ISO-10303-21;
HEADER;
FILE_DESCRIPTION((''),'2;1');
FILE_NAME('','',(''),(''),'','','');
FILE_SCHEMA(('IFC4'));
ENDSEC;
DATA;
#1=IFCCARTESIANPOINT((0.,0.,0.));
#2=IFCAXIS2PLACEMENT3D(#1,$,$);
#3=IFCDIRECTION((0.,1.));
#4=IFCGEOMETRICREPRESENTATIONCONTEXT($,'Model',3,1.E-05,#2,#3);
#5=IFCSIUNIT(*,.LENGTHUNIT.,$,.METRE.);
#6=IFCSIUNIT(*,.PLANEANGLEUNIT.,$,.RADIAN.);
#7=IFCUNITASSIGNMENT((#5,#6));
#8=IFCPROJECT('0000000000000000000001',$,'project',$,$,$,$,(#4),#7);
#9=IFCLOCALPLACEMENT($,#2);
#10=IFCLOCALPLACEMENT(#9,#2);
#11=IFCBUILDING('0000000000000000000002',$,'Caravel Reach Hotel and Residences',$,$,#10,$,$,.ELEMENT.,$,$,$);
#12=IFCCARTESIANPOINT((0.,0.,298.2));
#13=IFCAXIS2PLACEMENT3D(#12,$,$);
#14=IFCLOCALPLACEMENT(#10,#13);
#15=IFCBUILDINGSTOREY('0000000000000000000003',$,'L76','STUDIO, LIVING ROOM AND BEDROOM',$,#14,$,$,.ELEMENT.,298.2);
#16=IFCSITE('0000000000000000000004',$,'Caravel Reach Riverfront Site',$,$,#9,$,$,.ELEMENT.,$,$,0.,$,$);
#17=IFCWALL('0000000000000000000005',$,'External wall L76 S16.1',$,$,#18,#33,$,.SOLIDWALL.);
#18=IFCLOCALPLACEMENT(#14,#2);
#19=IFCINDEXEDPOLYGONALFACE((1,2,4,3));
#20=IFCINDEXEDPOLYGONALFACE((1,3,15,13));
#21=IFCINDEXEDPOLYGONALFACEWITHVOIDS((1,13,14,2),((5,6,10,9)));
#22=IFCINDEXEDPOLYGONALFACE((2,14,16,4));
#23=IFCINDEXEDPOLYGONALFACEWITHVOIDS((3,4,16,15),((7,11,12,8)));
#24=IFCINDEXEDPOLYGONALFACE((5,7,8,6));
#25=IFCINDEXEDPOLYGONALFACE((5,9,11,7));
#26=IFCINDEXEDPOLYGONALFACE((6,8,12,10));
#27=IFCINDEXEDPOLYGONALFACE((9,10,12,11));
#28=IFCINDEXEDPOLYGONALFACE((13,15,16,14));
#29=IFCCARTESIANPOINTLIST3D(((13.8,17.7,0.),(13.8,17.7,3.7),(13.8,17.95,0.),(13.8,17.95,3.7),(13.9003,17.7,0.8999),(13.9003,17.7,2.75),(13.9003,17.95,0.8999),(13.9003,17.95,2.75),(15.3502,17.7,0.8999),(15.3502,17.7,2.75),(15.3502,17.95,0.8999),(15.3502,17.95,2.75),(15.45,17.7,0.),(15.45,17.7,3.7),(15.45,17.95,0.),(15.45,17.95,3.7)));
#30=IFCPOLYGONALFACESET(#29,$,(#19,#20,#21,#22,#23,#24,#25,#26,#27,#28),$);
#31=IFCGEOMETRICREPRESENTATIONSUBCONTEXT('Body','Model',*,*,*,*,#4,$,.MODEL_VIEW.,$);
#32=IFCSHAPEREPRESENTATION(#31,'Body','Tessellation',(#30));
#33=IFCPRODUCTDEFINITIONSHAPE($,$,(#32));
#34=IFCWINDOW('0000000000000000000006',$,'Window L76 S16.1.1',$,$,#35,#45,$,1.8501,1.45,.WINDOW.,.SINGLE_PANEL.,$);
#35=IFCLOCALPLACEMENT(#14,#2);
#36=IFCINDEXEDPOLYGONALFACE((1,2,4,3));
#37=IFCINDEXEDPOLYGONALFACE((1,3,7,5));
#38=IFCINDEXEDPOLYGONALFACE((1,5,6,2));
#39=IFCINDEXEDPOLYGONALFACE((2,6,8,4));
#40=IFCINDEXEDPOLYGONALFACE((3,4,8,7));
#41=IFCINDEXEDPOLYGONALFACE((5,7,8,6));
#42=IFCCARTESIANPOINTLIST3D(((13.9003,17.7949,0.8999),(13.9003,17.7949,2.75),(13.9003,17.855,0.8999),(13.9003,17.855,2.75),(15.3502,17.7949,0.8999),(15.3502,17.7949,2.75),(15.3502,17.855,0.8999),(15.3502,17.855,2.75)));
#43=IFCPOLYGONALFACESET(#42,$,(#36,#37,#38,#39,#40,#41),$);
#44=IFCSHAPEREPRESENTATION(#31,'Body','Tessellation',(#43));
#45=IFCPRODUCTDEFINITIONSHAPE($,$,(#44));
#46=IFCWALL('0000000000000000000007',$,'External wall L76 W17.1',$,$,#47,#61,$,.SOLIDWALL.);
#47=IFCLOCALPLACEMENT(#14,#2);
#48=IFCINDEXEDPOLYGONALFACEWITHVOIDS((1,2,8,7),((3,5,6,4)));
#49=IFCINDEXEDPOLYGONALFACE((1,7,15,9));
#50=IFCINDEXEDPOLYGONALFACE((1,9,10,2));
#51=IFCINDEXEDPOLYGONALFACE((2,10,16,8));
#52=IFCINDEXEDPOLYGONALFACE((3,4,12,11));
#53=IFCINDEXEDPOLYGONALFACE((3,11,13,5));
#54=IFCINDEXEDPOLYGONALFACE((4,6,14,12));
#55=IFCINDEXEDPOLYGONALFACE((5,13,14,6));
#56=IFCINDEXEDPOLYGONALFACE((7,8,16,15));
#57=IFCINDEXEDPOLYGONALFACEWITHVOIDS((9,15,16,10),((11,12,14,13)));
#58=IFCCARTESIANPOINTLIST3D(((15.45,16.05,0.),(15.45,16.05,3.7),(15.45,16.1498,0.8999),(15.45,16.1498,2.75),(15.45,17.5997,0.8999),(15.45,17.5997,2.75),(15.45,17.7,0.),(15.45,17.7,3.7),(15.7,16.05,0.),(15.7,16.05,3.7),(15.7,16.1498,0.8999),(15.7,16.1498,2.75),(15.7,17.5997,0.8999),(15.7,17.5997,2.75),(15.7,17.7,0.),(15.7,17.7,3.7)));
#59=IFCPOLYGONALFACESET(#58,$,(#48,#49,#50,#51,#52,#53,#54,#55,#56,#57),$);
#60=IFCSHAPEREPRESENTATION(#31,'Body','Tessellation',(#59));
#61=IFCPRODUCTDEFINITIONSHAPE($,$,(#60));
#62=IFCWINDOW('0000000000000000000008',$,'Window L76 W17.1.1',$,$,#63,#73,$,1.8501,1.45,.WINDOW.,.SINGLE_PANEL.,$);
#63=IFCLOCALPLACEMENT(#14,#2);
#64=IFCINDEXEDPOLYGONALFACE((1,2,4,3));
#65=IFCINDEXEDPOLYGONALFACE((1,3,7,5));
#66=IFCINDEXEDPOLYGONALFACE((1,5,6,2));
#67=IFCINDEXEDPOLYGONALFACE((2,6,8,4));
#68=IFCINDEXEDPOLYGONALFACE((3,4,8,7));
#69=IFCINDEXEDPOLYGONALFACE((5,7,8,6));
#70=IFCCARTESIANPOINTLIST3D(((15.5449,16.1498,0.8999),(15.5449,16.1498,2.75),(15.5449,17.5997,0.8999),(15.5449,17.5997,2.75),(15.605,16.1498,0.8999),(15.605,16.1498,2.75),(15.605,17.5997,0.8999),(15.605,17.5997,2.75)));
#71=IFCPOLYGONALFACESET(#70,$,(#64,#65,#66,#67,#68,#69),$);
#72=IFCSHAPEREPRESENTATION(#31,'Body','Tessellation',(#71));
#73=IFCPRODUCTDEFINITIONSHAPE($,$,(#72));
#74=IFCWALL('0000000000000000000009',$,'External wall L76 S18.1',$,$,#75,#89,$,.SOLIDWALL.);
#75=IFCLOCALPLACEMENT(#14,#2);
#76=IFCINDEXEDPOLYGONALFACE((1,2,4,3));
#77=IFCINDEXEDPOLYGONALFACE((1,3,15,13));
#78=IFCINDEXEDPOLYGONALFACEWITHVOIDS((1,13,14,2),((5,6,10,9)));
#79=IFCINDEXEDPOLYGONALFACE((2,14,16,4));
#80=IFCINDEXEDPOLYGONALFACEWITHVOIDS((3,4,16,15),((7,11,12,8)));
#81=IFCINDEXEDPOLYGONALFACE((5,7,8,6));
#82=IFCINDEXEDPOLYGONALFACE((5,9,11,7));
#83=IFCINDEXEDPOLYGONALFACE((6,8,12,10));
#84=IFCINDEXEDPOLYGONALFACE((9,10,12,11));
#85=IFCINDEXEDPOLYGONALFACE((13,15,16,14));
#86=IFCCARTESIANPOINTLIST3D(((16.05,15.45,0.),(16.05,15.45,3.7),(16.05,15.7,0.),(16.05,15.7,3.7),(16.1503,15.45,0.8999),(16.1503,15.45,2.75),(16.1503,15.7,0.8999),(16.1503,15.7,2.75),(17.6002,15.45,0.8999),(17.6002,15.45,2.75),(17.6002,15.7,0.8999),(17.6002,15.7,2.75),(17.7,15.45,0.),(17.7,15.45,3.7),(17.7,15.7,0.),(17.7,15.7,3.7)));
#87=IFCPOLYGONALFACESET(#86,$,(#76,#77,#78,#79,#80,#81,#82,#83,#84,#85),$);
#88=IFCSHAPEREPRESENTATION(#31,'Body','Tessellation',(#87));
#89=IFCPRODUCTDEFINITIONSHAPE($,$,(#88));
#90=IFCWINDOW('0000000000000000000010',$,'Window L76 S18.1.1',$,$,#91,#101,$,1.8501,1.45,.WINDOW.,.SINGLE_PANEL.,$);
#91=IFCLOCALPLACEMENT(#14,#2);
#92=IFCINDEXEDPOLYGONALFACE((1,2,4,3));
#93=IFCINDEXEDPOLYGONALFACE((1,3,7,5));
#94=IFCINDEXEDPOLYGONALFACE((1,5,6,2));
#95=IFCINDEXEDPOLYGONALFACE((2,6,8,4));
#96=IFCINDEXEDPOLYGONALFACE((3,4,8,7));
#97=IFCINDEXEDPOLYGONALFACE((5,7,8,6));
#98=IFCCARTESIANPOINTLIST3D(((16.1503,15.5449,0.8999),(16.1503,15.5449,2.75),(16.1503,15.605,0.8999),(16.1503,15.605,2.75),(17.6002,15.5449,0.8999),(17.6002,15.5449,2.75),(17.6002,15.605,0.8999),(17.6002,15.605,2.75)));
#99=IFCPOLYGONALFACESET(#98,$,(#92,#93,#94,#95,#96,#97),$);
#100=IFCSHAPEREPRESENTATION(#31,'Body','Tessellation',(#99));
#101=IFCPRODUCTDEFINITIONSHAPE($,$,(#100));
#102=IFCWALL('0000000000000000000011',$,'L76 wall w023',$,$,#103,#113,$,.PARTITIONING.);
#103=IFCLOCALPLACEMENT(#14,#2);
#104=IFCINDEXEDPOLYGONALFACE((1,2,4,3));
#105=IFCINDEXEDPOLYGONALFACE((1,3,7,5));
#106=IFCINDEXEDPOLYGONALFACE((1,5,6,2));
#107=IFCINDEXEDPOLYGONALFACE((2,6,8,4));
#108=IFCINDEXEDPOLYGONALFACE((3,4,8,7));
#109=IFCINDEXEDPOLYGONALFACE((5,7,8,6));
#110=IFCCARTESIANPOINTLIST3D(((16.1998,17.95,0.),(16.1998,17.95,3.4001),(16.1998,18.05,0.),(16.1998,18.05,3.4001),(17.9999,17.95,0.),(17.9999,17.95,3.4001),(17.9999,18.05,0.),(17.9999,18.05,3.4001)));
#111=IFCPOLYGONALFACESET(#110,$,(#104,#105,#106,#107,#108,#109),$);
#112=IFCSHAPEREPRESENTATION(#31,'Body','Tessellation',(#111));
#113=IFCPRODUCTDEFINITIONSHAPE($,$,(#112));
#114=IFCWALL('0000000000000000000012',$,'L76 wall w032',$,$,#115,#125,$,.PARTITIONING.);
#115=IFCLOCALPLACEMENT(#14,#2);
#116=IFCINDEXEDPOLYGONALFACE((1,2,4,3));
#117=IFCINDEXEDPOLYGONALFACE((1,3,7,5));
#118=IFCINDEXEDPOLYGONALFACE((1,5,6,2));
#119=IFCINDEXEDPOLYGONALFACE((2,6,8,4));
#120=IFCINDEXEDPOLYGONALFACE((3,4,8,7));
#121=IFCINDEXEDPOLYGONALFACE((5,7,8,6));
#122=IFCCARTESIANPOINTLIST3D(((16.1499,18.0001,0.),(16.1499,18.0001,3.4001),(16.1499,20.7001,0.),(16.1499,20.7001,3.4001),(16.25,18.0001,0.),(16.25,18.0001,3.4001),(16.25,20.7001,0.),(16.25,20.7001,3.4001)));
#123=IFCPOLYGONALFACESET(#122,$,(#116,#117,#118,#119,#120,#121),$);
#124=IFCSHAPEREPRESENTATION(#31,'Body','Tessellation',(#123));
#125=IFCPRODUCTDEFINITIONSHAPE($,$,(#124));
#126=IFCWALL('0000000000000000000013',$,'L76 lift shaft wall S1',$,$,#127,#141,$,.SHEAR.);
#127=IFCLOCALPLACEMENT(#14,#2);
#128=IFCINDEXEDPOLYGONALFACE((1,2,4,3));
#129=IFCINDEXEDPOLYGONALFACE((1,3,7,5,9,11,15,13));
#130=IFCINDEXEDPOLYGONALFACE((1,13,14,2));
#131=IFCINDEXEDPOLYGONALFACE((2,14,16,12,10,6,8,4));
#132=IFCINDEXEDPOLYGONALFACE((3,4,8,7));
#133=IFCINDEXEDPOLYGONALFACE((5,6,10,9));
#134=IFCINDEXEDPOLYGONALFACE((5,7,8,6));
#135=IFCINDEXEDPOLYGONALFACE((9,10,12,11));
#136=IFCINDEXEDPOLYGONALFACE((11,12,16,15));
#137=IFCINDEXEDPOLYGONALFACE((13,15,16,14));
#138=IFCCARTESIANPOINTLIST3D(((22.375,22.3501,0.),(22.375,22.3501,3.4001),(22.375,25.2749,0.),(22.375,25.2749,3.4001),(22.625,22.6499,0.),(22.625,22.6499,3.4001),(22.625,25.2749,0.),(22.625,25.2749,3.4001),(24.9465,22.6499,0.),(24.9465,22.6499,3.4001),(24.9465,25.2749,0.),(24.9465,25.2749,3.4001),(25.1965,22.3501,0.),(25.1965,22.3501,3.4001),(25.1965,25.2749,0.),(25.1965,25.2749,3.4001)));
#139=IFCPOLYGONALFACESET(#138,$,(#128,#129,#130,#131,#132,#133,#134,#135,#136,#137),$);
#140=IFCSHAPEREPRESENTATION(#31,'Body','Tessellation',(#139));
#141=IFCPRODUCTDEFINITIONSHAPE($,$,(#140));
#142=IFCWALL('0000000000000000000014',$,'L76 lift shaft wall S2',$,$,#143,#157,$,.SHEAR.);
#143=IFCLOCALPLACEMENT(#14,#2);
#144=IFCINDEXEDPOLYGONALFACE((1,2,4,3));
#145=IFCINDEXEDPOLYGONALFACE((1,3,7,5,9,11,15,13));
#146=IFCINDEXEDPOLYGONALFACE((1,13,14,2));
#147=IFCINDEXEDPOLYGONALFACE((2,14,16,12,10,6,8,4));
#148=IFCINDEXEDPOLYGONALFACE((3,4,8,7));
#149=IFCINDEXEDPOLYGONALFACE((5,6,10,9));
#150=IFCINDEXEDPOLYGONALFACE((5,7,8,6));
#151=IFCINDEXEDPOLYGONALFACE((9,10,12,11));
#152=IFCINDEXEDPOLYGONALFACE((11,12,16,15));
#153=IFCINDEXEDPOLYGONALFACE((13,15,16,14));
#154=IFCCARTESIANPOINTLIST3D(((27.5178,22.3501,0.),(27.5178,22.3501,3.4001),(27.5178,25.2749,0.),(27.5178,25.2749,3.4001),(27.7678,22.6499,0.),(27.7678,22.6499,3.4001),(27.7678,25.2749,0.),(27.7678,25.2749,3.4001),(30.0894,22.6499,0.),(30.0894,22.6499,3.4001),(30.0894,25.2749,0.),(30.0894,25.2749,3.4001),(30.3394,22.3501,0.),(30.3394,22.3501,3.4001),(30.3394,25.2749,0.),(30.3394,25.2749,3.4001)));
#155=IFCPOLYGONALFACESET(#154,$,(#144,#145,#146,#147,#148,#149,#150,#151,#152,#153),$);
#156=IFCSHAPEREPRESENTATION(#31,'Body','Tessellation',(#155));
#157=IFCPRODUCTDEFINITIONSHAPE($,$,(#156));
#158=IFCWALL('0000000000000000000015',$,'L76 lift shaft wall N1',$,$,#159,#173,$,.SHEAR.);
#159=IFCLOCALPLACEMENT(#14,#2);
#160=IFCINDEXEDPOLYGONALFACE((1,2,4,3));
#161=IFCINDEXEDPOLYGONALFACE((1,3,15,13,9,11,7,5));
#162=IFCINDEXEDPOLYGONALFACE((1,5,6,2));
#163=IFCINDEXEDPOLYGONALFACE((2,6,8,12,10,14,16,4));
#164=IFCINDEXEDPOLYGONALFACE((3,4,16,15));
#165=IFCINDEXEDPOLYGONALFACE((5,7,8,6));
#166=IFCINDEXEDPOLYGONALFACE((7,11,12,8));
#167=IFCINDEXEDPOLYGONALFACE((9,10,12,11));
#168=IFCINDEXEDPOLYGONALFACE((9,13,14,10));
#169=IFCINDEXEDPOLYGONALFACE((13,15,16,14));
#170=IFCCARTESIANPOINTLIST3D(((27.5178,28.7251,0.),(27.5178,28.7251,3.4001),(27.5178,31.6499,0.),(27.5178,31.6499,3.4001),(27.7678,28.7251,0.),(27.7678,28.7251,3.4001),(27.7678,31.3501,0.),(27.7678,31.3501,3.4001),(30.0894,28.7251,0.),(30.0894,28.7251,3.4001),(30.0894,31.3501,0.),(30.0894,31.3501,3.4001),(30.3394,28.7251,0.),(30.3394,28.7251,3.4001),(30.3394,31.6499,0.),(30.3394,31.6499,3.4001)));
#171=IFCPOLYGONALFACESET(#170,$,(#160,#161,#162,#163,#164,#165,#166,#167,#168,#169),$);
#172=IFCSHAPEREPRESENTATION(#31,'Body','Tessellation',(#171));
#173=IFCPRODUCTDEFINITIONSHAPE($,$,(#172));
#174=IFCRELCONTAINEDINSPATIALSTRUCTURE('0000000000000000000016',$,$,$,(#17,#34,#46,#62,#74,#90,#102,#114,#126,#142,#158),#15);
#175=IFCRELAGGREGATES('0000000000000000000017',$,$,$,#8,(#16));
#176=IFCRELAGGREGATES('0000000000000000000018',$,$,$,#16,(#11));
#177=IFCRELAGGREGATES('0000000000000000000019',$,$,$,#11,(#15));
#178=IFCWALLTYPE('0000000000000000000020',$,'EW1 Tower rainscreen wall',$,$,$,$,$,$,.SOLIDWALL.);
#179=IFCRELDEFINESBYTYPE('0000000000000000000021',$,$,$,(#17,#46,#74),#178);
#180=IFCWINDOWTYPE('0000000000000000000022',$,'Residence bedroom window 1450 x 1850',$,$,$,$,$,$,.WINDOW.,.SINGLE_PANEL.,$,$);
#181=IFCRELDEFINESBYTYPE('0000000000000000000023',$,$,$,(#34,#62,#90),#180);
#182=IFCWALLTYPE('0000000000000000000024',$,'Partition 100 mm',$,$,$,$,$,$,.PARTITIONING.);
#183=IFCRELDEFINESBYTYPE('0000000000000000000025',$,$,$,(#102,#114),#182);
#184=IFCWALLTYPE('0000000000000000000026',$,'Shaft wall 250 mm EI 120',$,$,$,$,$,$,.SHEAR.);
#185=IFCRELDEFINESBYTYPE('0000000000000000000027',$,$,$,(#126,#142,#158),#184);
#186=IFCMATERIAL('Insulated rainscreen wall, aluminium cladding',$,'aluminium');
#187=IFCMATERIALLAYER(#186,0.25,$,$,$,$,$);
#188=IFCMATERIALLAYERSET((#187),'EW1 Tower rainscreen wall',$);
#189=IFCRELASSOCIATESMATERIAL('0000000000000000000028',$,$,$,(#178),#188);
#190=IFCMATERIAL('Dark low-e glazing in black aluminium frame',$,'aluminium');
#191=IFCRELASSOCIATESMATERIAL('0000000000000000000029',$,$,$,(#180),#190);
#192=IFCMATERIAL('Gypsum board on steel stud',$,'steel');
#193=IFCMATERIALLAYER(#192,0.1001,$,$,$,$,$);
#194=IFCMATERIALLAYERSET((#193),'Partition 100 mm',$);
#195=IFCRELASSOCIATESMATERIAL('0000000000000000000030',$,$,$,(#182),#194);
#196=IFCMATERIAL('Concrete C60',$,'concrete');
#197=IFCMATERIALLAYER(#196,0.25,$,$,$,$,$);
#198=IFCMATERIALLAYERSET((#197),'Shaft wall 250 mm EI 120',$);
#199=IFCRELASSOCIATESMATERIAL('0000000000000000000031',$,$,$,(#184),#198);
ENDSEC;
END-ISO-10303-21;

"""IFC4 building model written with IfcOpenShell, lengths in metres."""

from ifc_helpers import new_model, si_unit, direction, frame, frame_2d, origin, place, context, subcontext, project, spatial, polyline, rectangle, outline, extrude, material, layer, layer_set, type_object, element, fill, save


model = new_model("IFC4")

# Units and contexts
model_context = context("Model", 3, precision=1e-05, world=origin(), true_north=direction((0.0, 1.0)))
body_context = subcontext(model_context, "Body", "Model", "MODEL_VIEW")
ifc_project = project(units=[si_unit("LENGTHUNIT", "METRE"), si_unit("PLANEANGLEUNIT", "RADIAN")], contexts=[model_context])

# Site, building, storey
site_placement = place(None, origin())
site = spatial("IfcSite", under=ifc_project, at=site_placement, Name="Caravel Reach Riverfront Site", CompositionType="ELEMENT", RefElevation=0.0)
building_placement = place(site_placement, origin())
building = spatial("IfcBuilding", under=site, at=building_placement, Name="Caravel Reach Hotel and Residences", CompositionType="ELEMENT")
storey_placement = place(building_placement, frame((0.0, 0.0, 298.2)))
storey = spatial("IfcBuildingStorey", under=building, at=storey_placement, Name="L76", Description="STUDIO, LIVING ROOM AND BEDROOM", CompositionType="ELEMENT", Elevation=298.2)

# Walls, openings, windows
ifc_material_1 = material(Name="Insulated rainscreen wall, aluminium cladding", Category="aluminium")
ifc_layer_1 = layer(ifc_material_1, 0.25)
ifc_layer_set_1 = layer_set([ifc_layer_1], Name="EW1 Tower rainscreen wall")
wall_type_1 = type_object("IfcWallType", Name="EW1 Tower rainscreen wall", PredefinedType="SOLIDWALL", material=ifc_layer_set_1)
wall_1_placement = place(storey_placement, frame((13.8, 17.825, 0.0), z_axis=(0.0, 0.0, 1.0), x_axis=(1.0, 0.0, 0.0)))
wall_1 = element("IfcWall", 1, at=wall_1_placement, inside=storey, type_object=wall_type_1, Name="External wall L76 S16.1", PredefinedType="SOLIDWALL", context=body_context, shape_type="SweptSolid", body=[
    extrude(rectangle(XDim=1.6499, YDim=0.25, at=frame_2d((0.825, 0.0))), origin(), (0.0, 0.0, 1.0), 3.7),
])
opening_1_placement = place(wall_1_placement, frame((0.1001, 0.0, 0.8999)))
opening_1 = element("IfcOpeningElement", 2, at=opening_1_placement, cuts=wall_1, PredefinedType="OPENING", context=body_context, shape_type="SweptSolid", body=[
    extrude(rectangle(XDim=1.45, YDim=1.8501, at=frame_2d((0.7251, 0.925))), frame((0.0, 0.135, 0.0), z_axis=(0.0, -1.0, 0.0), x_axis=(1.0, 0.0, 0.0)), (0.0, 0.0, 1.0), 0.27),
])
ifc_material_2 = material(Name="Dark low-e glazing in black aluminium frame", Category="aluminium")
window_type = type_object("IfcWindowType", Name="Residence bedroom window 1450 x 1850", PartitioningType="SINGLE_PANEL", PredefinedType="WINDOW", material=ifc_material_2)
window_1_placement = place(opening_1_placement, origin())
window_1 = element("IfcWindow", 3, at=window_1_placement, inside=storey, type_object=window_type, Name="Window L76 S16.1.1", OverallHeight=1.8501, OverallWidth=1.45, PartitioningType="SINGLE_PANEL", PredefinedType="WINDOW", context=body_context, shape_type="SweptSolid", body=[
    extrude(rectangle(XDim=1.45, YDim=1.8501, at=frame_2d((0.7251, 0.925))), frame((0.0, 0.03, 0.0), z_axis=(0.0, -1.0, 0.0), x_axis=(1.0, 0.0, 0.0)), (0.0, 0.0, 1.0), 0.0601),
])
fill(opening_1, window_1)
wall_2_placement = place(storey_placement, frame((15.575, 17.7, 0.0), z_axis=(0.0, 0.0, 1.0), x_axis=(0.0, -1.0, 0.0)))
wall_2 = element("IfcWall", 4, at=wall_2_placement, inside=storey, type_object=wall_type_1, Name="External wall L76 W17.1", PredefinedType="SOLIDWALL", context=body_context, shape_type="SweptSolid", body=[
    extrude(rectangle(XDim=1.6499, YDim=0.25, at=frame_2d((0.825, 0.0))), origin(), (0.0, 0.0, 1.0), 3.7),
])
opening_2_placement = place(wall_2_placement, frame((0.1001, 0.0, 0.8999)))
opening_2 = element("IfcOpeningElement", 5, at=opening_2_placement, cuts=wall_2, PredefinedType="OPENING", context=body_context, shape_type="SweptSolid", body=[
    extrude(rectangle(XDim=1.45, YDim=1.8501, at=frame_2d((0.7251, 0.925))), frame((0.0, 0.135, 0.0), z_axis=(0.0, -1.0, 0.0), x_axis=(1.0, 0.0, 0.0)), (0.0, 0.0, 1.0), 0.27),
])
window_2_placement = place(opening_2_placement, origin())
window_2 = element("IfcWindow", 6, at=window_2_placement, inside=storey, type_object=window_type, Name="Window L76 W17.1.1", OverallHeight=1.8501, OverallWidth=1.45, PartitioningType="SINGLE_PANEL", PredefinedType="WINDOW", context=body_context, shape_type="SweptSolid", body=[
    extrude(rectangle(XDim=1.45, YDim=1.8501, at=frame_2d((0.7251, 0.925))), frame((0.0, 0.03, 0.0), z_axis=(0.0, -1.0, 0.0), x_axis=(1.0, 0.0, 0.0)), (0.0, 0.0, 1.0), 0.0601),
])
fill(opening_2, window_2)
wall_3_placement = place(storey_placement, frame((16.05, 15.575, 0.0), z_axis=(0.0, 0.0, 1.0), x_axis=(1.0, 0.0, 0.0)))
wall_3 = element("IfcWall", 7, at=wall_3_placement, inside=storey, type_object=wall_type_1, Name="External wall L76 S18.1", PredefinedType="SOLIDWALL", context=body_context, shape_type="SweptSolid", body=[
    extrude(rectangle(XDim=1.6499, YDim=0.25, at=frame_2d((0.825, 0.0))), origin(), (0.0, 0.0, 1.0), 3.7),
])
opening_3_placement = place(wall_3_placement, frame((0.1001, 0.0, 0.8999)))
opening_3 = element("IfcOpeningElement", 8, at=opening_3_placement, cuts=wall_3, PredefinedType="OPENING", context=body_context, shape_type="SweptSolid", body=[
    extrude(rectangle(XDim=1.45, YDim=1.8501, at=frame_2d((0.7251, 0.925))), frame((0.0, 0.135, 0.0), z_axis=(0.0, -1.0, 0.0), x_axis=(1.0, 0.0, 0.0)), (0.0, 0.0, 1.0), 0.27),
])
window_3_placement = place(opening_3_placement, origin())
window_3 = element("IfcWindow", 9, at=window_3_placement, inside=storey, type_object=window_type, Name="Window L76 S18.1.1", OverallHeight=1.8501, OverallWidth=1.45, PartitioningType="SINGLE_PANEL", PredefinedType="WINDOW", context=body_context, shape_type="SweptSolid", body=[
    extrude(rectangle(XDim=1.45, YDim=1.8501, at=frame_2d((0.7251, 0.925))), frame((0.0, 0.03, 0.0), z_axis=(0.0, -1.0, 0.0), x_axis=(1.0, 0.0, 0.0)), (0.0, 0.0, 1.0), 0.0601),
])
fill(opening_3, window_3)

# Walls
ifc_material_3 = material(Name="Gypsum board on steel stud", Category="steel")
ifc_layer_2 = layer(ifc_material_3, 0.1001)
ifc_layer_set_2 = layer_set([ifc_layer_2], Name="Partition 100 mm")
wall_type_2 = type_object("IfcWallType", Name="Partition 100 mm", PredefinedType="PARTITIONING", material=ifc_layer_set_2)
wall_4_placement = place(storey_placement, frame((16.2, 18.0, 0.0), z_axis=(0.0, 0.0, 1.0), x_axis=(1.0, 0.0, 0.0)))
element("IfcWall", 10, at=wall_4_placement, inside=storey, type_object=wall_type_2, Name="L76 wall w023", PredefinedType="PARTITIONING", context=body_context, shape_type="SweptSolid", body=[
    extrude(rectangle(XDim=1.8, YDim=0.1001, at=frame_2d((0.8999, 0.0))), origin(), (0.0, 0.0, 1.0), 3.4001),
])
wall_5_placement = place(storey_placement, frame((16.2, 18.0, 0.0), z_axis=(0.0, 0.0, 1.0), x_axis=(0.0, 1.0, 0.0)))
element("IfcWall", 11, at=wall_5_placement, inside=storey, type_object=wall_type_2, Name="L76 wall w032", PredefinedType="PARTITIONING", context=body_context, shape_type="SweptSolid", body=[
    extrude(rectangle(XDim=2.7, YDim=0.1001, at=frame_2d((1.3501, 0.0))), origin(), (0.0, 0.0, 1.0), 3.4001),
])
ifc_material_4 = material(Name="Concrete C60", Category="concrete")
ifc_layer_3 = layer(ifc_material_4, 0.25)
ifc_layer_set_3 = layer_set([ifc_layer_3], Name="Shaft wall 250 mm EI 120")
wall_type_3 = type_object("IfcWallType", Name="Shaft wall 250 mm EI 120", PredefinedType="SHEAR", material=ifc_layer_set_3)
wall_6_placement = place(storey_placement, origin())
element("IfcWall", 12, at=wall_6_placement, inside=storey, type_object=wall_type_3, Name="L76 lift shaft wall S1", PredefinedType="SHEAR", context=body_context, shape_type="SweptSolid", body=[
    extrude(outline(polyline([(22.375, 22.3501), (25.1965, 22.3501), (25.1965, 25.2749), (24.9465, 25.2749), (24.9465, 22.6499), (22.625, 22.6499), (22.625, 25.2749), (22.375, 25.2749), (22.375, 22.3501)])), origin(), (0.0, 0.0, 1.0), 3.4001),
])
wall_7_placement = place(storey_placement, origin())
element("IfcWall", 13, at=wall_7_placement, inside=storey, type_object=wall_type_3, Name="L76 lift shaft wall S2", PredefinedType="SHEAR", context=body_context, shape_type="SweptSolid", body=[
    extrude(outline(polyline([(27.5178, 22.3501), (30.3394, 22.3501), (30.3394, 25.2749), (30.0894, 25.2749), (30.0894, 22.6499), (27.7678, 22.6499), (27.7678, 25.2749), (27.5178, 25.2749), (27.5178, 22.3501)])), origin(), (0.0, 0.0, 1.0), 3.4001),
])
wall_8_placement = place(storey_placement, origin())
element("IfcWall", 14, at=wall_8_placement, inside=storey, type_object=wall_type_3, Name="L76 lift shaft wall N1", PredefinedType="SHEAR", context=body_context, shape_type="SweptSolid", body=[
    extrude(outline(polyline([(27.5178, 28.7251), (27.7678, 28.7251), (27.7678, 31.3501), (30.0894, 31.3501), (30.0894, 28.7251), (30.3394, 28.7251), (30.3394, 31.6499), (27.5178, 31.6499), (27.5178, 28.7251)])), origin(), (0.0, 0.0, 1.0), 3.4001),
])

save(model, "model.ifc")
